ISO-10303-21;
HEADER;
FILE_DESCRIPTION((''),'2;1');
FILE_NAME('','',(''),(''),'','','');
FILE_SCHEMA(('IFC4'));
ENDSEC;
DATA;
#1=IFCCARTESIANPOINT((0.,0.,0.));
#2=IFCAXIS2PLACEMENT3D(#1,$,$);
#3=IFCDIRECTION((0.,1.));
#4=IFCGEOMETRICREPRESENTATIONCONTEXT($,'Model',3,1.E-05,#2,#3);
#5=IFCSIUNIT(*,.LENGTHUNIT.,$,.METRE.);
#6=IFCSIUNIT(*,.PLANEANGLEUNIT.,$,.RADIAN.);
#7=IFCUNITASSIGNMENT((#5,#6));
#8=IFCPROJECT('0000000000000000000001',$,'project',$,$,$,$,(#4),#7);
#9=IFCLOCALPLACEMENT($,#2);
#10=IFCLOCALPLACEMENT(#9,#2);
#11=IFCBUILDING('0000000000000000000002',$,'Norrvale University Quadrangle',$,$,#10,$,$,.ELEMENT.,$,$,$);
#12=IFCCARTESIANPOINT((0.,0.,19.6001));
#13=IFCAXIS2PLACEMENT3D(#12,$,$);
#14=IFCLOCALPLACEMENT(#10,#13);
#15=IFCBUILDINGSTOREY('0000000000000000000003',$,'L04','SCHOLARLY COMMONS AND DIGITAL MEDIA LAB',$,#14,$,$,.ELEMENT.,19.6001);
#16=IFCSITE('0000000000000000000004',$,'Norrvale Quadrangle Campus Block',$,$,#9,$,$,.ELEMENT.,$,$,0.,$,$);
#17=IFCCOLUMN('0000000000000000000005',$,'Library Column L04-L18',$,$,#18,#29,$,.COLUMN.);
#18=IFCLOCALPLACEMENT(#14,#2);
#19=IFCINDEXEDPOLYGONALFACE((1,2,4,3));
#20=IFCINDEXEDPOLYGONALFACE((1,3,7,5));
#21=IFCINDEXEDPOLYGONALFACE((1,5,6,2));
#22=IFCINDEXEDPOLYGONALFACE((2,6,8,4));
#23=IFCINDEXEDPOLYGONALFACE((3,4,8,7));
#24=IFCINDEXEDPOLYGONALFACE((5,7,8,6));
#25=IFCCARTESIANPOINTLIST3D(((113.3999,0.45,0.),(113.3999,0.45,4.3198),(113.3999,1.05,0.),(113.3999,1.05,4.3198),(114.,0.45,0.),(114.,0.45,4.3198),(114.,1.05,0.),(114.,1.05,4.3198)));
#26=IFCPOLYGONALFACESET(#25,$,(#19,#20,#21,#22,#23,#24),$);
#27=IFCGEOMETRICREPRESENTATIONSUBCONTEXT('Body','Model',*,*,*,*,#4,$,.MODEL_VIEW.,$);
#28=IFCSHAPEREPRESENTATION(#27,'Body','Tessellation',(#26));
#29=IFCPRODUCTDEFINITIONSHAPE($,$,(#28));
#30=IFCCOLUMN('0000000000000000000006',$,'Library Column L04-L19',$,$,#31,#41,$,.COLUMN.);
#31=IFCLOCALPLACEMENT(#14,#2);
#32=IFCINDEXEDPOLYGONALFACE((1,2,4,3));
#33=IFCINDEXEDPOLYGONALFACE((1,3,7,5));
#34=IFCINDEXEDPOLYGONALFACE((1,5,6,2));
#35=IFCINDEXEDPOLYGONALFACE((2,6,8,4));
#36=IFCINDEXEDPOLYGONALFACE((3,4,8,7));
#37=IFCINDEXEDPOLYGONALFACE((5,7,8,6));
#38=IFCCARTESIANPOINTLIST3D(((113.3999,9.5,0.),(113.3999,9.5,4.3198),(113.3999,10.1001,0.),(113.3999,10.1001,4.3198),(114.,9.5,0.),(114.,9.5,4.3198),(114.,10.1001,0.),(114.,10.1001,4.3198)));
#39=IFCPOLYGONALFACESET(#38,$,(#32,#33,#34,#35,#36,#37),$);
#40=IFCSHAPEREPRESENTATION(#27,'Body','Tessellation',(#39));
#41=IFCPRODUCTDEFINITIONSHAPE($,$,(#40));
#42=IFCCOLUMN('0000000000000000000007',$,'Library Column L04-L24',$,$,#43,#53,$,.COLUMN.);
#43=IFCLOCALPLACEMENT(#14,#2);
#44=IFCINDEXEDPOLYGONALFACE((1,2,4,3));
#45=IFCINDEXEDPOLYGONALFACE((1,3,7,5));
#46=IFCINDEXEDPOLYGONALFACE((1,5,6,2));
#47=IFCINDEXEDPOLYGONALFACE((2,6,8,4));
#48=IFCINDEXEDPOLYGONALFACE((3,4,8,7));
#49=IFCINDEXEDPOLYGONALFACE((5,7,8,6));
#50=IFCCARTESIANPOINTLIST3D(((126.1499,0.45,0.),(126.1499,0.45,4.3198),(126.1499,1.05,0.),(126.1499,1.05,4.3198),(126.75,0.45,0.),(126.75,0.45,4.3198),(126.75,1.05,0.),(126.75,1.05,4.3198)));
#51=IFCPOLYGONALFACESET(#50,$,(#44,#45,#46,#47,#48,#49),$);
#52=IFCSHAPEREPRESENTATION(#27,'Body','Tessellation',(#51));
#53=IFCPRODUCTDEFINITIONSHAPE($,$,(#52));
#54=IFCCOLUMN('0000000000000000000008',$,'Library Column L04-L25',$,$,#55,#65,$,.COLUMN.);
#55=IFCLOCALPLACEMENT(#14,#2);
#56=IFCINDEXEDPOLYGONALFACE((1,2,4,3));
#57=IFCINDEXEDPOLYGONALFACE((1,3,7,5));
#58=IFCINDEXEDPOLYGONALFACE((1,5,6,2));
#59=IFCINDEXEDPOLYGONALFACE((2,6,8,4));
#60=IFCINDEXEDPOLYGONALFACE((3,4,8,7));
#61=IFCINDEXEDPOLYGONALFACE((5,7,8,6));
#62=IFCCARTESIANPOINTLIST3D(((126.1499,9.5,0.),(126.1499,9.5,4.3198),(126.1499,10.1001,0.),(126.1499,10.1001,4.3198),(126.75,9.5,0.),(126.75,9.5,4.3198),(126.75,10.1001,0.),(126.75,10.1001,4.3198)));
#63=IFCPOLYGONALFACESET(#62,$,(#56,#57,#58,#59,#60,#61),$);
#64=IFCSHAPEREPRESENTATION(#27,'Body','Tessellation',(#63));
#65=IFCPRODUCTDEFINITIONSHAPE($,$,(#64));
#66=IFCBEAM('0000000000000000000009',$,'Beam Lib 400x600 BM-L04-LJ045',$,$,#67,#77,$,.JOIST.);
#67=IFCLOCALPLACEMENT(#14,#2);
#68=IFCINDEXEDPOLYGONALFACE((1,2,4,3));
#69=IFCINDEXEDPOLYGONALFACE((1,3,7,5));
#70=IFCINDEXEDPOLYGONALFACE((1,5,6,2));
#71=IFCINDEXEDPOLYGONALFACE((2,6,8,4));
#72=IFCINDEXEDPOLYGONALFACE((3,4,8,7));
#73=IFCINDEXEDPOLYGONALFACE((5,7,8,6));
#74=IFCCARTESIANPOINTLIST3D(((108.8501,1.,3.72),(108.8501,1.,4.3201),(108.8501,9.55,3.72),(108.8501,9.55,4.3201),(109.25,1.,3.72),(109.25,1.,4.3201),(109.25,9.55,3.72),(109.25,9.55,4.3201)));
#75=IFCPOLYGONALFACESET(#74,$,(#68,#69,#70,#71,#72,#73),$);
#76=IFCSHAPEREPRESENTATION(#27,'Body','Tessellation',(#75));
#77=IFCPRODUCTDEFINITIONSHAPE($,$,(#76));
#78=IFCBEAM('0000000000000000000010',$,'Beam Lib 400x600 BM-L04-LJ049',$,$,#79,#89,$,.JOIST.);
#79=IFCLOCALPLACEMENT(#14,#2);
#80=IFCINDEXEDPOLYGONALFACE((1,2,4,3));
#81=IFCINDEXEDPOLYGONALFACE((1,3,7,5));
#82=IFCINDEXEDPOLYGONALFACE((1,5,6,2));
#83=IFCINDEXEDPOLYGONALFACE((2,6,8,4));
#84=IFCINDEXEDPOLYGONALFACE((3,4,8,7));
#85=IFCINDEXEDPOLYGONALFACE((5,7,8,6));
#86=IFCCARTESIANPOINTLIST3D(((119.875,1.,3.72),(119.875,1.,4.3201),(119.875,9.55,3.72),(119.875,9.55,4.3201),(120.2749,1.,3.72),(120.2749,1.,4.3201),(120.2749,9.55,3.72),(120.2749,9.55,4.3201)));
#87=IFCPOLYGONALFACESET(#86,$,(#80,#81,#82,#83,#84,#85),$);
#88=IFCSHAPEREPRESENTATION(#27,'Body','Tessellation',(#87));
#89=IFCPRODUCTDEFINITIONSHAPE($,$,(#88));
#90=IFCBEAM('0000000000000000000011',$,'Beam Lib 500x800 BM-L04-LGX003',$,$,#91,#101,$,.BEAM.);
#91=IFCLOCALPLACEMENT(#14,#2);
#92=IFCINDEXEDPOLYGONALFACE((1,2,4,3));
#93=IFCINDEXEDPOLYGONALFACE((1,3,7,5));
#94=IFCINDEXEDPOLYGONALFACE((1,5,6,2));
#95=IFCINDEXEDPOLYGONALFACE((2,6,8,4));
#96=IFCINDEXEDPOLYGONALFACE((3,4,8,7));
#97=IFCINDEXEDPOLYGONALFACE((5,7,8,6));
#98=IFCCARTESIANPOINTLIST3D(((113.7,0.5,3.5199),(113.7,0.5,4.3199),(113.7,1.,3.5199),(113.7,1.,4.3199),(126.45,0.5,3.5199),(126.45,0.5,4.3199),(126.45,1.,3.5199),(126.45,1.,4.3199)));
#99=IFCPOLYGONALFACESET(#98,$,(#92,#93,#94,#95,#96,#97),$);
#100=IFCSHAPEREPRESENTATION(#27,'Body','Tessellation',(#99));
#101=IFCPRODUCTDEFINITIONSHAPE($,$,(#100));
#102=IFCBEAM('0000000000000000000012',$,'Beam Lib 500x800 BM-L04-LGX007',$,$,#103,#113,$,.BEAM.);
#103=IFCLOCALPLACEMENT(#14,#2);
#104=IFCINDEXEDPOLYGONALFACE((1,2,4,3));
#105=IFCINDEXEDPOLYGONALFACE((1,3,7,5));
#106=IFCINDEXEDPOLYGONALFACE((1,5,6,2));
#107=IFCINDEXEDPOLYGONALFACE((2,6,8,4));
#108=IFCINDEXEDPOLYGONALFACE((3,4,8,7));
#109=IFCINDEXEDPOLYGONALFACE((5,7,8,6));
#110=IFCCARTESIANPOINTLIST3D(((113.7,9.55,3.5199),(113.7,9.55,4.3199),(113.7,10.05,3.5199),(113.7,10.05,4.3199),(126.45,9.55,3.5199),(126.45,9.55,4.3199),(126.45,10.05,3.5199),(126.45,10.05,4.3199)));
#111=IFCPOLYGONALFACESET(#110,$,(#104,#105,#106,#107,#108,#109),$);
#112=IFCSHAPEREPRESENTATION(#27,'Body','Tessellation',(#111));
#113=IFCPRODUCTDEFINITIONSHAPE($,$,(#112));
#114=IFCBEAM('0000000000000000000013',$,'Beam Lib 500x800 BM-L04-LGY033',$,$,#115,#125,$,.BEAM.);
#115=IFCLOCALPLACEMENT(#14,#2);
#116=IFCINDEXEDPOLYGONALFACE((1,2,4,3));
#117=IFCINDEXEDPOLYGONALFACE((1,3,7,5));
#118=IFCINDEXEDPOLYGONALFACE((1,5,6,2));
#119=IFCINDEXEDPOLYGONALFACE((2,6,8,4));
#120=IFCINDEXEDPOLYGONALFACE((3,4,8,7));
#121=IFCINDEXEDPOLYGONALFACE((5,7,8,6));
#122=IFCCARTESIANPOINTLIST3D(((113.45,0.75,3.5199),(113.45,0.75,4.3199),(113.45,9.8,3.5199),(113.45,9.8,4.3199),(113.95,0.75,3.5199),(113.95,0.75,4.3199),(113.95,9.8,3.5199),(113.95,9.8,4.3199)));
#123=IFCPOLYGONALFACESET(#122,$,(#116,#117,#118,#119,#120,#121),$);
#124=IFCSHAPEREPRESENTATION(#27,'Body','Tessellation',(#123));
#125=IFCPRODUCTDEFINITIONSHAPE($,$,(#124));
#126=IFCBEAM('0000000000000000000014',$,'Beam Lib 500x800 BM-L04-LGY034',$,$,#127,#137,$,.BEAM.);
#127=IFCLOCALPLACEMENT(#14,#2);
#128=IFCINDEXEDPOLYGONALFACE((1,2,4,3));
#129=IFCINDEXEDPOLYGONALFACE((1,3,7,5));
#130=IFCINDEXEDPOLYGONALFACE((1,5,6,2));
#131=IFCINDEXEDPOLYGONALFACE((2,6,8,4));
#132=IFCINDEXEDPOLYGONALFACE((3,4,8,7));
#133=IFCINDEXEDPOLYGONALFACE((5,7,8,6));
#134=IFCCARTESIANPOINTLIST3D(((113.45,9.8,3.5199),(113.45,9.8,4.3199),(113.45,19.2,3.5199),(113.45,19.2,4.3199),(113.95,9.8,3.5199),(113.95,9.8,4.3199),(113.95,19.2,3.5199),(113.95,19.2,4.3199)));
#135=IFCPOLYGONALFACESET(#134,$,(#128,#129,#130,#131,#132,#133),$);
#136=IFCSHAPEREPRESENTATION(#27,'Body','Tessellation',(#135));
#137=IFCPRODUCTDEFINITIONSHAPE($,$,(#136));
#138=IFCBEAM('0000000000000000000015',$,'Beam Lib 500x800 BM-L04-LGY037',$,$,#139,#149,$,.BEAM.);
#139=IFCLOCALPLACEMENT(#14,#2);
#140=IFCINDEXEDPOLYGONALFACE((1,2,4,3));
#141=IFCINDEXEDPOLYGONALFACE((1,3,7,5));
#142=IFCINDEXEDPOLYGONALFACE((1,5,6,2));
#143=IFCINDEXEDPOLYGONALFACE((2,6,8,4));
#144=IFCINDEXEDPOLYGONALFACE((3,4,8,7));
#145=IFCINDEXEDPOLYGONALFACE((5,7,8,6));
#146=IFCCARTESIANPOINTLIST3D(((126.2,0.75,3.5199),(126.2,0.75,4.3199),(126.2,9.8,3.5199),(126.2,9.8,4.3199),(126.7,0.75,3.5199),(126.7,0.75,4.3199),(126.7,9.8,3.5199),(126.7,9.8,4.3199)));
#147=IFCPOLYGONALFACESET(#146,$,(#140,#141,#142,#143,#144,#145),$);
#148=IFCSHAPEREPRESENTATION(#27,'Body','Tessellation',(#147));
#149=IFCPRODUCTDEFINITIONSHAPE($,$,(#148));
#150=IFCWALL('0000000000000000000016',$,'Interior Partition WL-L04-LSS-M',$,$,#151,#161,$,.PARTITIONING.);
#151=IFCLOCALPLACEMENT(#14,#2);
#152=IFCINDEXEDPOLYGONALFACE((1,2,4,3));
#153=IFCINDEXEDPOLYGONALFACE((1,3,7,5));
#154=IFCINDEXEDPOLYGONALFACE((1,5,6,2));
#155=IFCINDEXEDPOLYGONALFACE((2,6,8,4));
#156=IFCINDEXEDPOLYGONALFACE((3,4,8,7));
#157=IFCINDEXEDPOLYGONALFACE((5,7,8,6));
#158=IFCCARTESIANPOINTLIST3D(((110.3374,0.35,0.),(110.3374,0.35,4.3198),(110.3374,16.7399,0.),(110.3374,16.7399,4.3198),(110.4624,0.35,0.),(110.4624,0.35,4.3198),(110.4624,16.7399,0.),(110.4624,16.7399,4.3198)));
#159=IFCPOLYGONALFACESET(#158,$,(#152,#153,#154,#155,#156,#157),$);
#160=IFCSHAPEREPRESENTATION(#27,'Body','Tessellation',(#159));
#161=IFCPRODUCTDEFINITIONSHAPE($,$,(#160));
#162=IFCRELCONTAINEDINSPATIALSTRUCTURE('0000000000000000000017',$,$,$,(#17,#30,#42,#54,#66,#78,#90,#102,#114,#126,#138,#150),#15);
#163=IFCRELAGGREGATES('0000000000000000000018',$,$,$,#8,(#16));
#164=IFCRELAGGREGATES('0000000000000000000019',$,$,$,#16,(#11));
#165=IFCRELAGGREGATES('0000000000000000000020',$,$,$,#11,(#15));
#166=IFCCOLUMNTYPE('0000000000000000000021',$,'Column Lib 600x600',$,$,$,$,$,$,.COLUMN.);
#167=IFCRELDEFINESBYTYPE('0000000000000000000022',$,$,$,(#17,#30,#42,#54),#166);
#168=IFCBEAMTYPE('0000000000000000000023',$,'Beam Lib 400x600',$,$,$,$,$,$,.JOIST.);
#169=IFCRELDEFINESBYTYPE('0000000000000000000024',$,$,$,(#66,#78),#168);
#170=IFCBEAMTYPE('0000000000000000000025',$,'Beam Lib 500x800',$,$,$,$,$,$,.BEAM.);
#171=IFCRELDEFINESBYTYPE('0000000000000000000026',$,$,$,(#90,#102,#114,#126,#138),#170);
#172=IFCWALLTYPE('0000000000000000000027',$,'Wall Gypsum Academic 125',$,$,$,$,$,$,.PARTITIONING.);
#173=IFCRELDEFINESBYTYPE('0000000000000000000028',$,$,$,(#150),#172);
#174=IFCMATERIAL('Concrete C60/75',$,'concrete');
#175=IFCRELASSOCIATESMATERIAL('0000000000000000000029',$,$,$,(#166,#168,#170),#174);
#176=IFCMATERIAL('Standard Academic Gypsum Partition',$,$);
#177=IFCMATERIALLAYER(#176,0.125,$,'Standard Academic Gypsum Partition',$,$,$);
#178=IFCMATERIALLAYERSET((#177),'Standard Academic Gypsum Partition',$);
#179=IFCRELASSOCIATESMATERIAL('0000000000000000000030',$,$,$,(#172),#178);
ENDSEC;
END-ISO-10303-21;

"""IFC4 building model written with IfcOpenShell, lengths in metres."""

from ifc_helpers import new_model, si_unit, direction, frame, frame_2d, origin, origin_2d, place, context, subcontext, project, spatial, rectangle, extrude, material, layer, layer_set, material_profile, profile_set, type_object, element, save


model = new_model("IFC4")

# Units and contexts
model_context = context("Model", 3, precision=1e-05, world=origin(), true_north=direction((0.0, 1.0)))
body_context = subcontext(model_context, "Body", "Model", "MODEL_VIEW")
ifc_project = project(units=[si_unit("LENGTHUNIT", "METRE"), si_unit("PLANEANGLEUNIT", "RADIAN")], contexts=[model_context])

# Site, building, storey
site_placement = place(None, origin())
site = spatial("IfcSite", under=ifc_project, at=site_placement, Name="Norrvale Quadrangle Campus Block", CompositionType="ELEMENT", RefElevation=0.0)
building_placement = place(site_placement, origin())
building = spatial("IfcBuilding", under=site, at=building_placement, Name="Norrvale University Quadrangle", CompositionType="ELEMENT")
storey_placement = place(building_placement, frame((0.0, 0.0, 19.6001)))
storey = spatial("IfcBuildingStorey", under=building, at=storey_placement, Name="L04", Description="SCHOLARLY COMMONS AND DIGITAL MEDIA LAB", CompositionType="ELEMENT", Elevation=19.6001)

# Columns
ifc_material_1 = material(Name="Concrete C60/75", Category="concrete")
ifc_material_profile_1 = material_profile(ifc_material_1, rectangle(XDim=0.6001, YDim=0.6001, at=origin_2d()), Name="Concrete C60/75")
ifc_profile_set_1 = profile_set([ifc_material_profile_1], Name="Concrete C60/75")
column_type = type_object("IfcColumnType", Name="Column Lib 600x600", PredefinedType="COLUMN", material=ifc_profile_set_1)
for number, where, z_axis, x_axis, name in (
    (1, (113.7, 0.75, 0.0), (0.0, 0.0, 1.0), (1.0, 0.0, 0.0), "Library Column L04-L18"),
    (2, (113.7, 9.8, 0.0), (0.0, 0.0, 1.0), (1.0, 0.0, 0.0), "Library Column L04-L19"),
    (3, (126.45, 0.75, 0.0), (0.0, 0.0, 1.0), (1.0, 0.0, 0.0), "Library Column L04-L24"),
    (4, (126.45, 9.8, 0.0), (0.0, 0.0, 1.0), (1.0, 0.0, 0.0), "Library Column L04-L25"),
):
    element("IfcColumn", number, at=place(storey_placement, frame(where, z_axis=z_axis, x_axis=x_axis)), inside=storey, type_object=column_type, Name=name, PredefinedType="COLUMN", context=body_context, shape_type="SweptSolid", body=[
        extrude(rectangle(XDim=0.6001, YDim=0.6001, at=origin_2d()), origin(), (0.0, 0.0, 1.0), 4.3198),
    ])

# Beams
ifc_material_profile_2 = material_profile(ifc_material_1, rectangle(XDim=0.3999, YDim=0.6001, at=origin_2d()), Name="Concrete C60/75")
ifc_profile_set_2 = profile_set([ifc_material_profile_2], Name="Concrete C60/75")
beam_type_1 = type_object("IfcBeamType", Name="Beam Lib 400x600", PredefinedType="JOIST", material=ifc_profile_set_2)
for number, where, z_axis, x_axis, name in (
    (5, (109.05, 1.0, 4.02), (0.0, 1.0, 0.0), (-1.0, 0.0, 0.0), "Beam Lib 400x600 BM-L04-LJ045"),
    (6, (120.075, 1.0, 4.02), (0.0, 1.0, 0.0), (-1.0, 0.0, 0.0), "Beam Lib 400x600 BM-L04-LJ049"),
):
    element("IfcBeam", number, at=place(storey_placement, frame(where, z_axis=z_axis, x_axis=x_axis)), inside=storey, type_object=beam_type_1, Name=name, PredefinedType="JOIST", context=body_context, shape_type="SweptSolid", body=[
        extrude(rectangle(XDim=0.3999, YDim=0.6001, at=origin_2d()), origin(), (0.0, 0.0, 1.0), 8.55),
    ])
ifc_material_profile_3 = material_profile(ifc_material_1, rectangle(XDim=0.5, YDim=0.8, at=origin_2d()), Name="Concrete C60/75")
ifc_profile_set_3 = profile_set([ifc_material_profile_3], Name="Concrete C60/75")
beam_type_2 = type_object("IfcBeamType", Name="Beam Lib 500x800", PredefinedType="BEAM", material=ifc_profile_set_3)
for number, where, z_axis, x_axis, name in (
    (7, (113.7, 0.75, 3.9199), (1.0, 0.0, 0.0), (0.0, 1.0, 0.0), "Beam Lib 500x800 BM-L04-LGX003"),
    (8, (113.7, 9.8, 3.9199), (1.0, 0.0, 0.0), (0.0, 1.0, 0.0), "Beam Lib 500x800 BM-L04-LGX007"),
):
    element("IfcBeam", number, at=place(storey_placement, frame(where, z_axis=z_axis, x_axis=x_axis)), inside=storey, type_object=beam_type_2, Name=name, PredefinedType="BEAM", context=body_context, shape_type="SweptSolid", body=[
        extrude(rectangle(XDim=0.5, YDim=0.8, at=origin_2d()), origin(), (0.0, 0.0, 1.0), 12.75),
    ])
beam_1_placement = place(storey_placement, frame((113.7, 0.75, 3.9199), z_axis=(0.0, 1.0, 0.0), x_axis=(-1.0, 0.0, 0.0)))
element("IfcBeam", 9, at=beam_1_placement, inside=storey, type_object=beam_type_2, Name="Beam Lib 500x800 BM-L04-LGY033", PredefinedType="BEAM", context=body_context, shape_type="SweptSolid", body=[
    extrude(rectangle(XDim=0.5, YDim=0.8, at=origin_2d()), origin(), (0.0, 0.0, 1.0), 9.05),
])
beam_2_placement = place(storey_placement, frame((113.7, 9.8, 3.9199), z_axis=(0.0, 1.0, 0.0), x_axis=(-1.0, 0.0, 0.0)))
element("IfcBeam", 10, at=beam_2_placement, inside=storey, type_object=beam_type_2, Name="Beam Lib 500x800 BM-L04-LGY034", PredefinedType="BEAM", context=body_context, shape_type="SweptSolid", body=[
    extrude(rectangle(XDim=0.5, YDim=0.8, at=origin_2d()), origin(), (0.0, 0.0, 1.0), 9.3999),
])
beam_3_placement = place(storey_placement, frame((126.45, 0.75, 3.9199), z_axis=(0.0, 1.0, 0.0), x_axis=(-1.0, 0.0, 0.0)))
element("IfcBeam", 11, at=beam_3_placement, inside=storey, type_object=beam_type_2, Name="Beam Lib 500x800 BM-L04-LGY037", PredefinedType="BEAM", context=body_context, shape_type="SweptSolid", body=[
    extrude(rectangle(XDim=0.5, YDim=0.8, at=origin_2d()), origin(), (0.0, 0.0, 1.0), 9.05),
])

# Wall
ifc_material_2 = material(Name="Standard Academic Gypsum Partition")
ifc_layer_1 = layer(ifc_material_2, 0.125, Name="Standard Academic Gypsum Partition")
ifc_layer_set_1 = layer_set([ifc_layer_1], Name="Standard Academic Gypsum Partition")
wall_type_1 = type_object("IfcWallType", Name="Wall Gypsum Academic 125", PredefinedType="PARTITIONING", material=ifc_layer_set_1)
wall_1_placement = place(storey_placement, frame((110.3999, 0.3501, 0.0), z_axis=(0.0, 0.0, 1.0), x_axis=(0.0, 1.0, 0.0)))
element("IfcWall", 12, at=wall_1_placement, inside=storey, type_object=wall_type_1, Name="Interior Partition WL-L04-LSS-M", PredefinedType="PARTITIONING", context=body_context, shape_type="SweptSolid", body=[
    extrude(rectangle(XDim=16.3899, YDim=0.125, at=frame_2d((8.1948, 0.0))), origin(), (0.0, 0.0, 1.0), 4.3198),
])

save(model, "model.ifc")
